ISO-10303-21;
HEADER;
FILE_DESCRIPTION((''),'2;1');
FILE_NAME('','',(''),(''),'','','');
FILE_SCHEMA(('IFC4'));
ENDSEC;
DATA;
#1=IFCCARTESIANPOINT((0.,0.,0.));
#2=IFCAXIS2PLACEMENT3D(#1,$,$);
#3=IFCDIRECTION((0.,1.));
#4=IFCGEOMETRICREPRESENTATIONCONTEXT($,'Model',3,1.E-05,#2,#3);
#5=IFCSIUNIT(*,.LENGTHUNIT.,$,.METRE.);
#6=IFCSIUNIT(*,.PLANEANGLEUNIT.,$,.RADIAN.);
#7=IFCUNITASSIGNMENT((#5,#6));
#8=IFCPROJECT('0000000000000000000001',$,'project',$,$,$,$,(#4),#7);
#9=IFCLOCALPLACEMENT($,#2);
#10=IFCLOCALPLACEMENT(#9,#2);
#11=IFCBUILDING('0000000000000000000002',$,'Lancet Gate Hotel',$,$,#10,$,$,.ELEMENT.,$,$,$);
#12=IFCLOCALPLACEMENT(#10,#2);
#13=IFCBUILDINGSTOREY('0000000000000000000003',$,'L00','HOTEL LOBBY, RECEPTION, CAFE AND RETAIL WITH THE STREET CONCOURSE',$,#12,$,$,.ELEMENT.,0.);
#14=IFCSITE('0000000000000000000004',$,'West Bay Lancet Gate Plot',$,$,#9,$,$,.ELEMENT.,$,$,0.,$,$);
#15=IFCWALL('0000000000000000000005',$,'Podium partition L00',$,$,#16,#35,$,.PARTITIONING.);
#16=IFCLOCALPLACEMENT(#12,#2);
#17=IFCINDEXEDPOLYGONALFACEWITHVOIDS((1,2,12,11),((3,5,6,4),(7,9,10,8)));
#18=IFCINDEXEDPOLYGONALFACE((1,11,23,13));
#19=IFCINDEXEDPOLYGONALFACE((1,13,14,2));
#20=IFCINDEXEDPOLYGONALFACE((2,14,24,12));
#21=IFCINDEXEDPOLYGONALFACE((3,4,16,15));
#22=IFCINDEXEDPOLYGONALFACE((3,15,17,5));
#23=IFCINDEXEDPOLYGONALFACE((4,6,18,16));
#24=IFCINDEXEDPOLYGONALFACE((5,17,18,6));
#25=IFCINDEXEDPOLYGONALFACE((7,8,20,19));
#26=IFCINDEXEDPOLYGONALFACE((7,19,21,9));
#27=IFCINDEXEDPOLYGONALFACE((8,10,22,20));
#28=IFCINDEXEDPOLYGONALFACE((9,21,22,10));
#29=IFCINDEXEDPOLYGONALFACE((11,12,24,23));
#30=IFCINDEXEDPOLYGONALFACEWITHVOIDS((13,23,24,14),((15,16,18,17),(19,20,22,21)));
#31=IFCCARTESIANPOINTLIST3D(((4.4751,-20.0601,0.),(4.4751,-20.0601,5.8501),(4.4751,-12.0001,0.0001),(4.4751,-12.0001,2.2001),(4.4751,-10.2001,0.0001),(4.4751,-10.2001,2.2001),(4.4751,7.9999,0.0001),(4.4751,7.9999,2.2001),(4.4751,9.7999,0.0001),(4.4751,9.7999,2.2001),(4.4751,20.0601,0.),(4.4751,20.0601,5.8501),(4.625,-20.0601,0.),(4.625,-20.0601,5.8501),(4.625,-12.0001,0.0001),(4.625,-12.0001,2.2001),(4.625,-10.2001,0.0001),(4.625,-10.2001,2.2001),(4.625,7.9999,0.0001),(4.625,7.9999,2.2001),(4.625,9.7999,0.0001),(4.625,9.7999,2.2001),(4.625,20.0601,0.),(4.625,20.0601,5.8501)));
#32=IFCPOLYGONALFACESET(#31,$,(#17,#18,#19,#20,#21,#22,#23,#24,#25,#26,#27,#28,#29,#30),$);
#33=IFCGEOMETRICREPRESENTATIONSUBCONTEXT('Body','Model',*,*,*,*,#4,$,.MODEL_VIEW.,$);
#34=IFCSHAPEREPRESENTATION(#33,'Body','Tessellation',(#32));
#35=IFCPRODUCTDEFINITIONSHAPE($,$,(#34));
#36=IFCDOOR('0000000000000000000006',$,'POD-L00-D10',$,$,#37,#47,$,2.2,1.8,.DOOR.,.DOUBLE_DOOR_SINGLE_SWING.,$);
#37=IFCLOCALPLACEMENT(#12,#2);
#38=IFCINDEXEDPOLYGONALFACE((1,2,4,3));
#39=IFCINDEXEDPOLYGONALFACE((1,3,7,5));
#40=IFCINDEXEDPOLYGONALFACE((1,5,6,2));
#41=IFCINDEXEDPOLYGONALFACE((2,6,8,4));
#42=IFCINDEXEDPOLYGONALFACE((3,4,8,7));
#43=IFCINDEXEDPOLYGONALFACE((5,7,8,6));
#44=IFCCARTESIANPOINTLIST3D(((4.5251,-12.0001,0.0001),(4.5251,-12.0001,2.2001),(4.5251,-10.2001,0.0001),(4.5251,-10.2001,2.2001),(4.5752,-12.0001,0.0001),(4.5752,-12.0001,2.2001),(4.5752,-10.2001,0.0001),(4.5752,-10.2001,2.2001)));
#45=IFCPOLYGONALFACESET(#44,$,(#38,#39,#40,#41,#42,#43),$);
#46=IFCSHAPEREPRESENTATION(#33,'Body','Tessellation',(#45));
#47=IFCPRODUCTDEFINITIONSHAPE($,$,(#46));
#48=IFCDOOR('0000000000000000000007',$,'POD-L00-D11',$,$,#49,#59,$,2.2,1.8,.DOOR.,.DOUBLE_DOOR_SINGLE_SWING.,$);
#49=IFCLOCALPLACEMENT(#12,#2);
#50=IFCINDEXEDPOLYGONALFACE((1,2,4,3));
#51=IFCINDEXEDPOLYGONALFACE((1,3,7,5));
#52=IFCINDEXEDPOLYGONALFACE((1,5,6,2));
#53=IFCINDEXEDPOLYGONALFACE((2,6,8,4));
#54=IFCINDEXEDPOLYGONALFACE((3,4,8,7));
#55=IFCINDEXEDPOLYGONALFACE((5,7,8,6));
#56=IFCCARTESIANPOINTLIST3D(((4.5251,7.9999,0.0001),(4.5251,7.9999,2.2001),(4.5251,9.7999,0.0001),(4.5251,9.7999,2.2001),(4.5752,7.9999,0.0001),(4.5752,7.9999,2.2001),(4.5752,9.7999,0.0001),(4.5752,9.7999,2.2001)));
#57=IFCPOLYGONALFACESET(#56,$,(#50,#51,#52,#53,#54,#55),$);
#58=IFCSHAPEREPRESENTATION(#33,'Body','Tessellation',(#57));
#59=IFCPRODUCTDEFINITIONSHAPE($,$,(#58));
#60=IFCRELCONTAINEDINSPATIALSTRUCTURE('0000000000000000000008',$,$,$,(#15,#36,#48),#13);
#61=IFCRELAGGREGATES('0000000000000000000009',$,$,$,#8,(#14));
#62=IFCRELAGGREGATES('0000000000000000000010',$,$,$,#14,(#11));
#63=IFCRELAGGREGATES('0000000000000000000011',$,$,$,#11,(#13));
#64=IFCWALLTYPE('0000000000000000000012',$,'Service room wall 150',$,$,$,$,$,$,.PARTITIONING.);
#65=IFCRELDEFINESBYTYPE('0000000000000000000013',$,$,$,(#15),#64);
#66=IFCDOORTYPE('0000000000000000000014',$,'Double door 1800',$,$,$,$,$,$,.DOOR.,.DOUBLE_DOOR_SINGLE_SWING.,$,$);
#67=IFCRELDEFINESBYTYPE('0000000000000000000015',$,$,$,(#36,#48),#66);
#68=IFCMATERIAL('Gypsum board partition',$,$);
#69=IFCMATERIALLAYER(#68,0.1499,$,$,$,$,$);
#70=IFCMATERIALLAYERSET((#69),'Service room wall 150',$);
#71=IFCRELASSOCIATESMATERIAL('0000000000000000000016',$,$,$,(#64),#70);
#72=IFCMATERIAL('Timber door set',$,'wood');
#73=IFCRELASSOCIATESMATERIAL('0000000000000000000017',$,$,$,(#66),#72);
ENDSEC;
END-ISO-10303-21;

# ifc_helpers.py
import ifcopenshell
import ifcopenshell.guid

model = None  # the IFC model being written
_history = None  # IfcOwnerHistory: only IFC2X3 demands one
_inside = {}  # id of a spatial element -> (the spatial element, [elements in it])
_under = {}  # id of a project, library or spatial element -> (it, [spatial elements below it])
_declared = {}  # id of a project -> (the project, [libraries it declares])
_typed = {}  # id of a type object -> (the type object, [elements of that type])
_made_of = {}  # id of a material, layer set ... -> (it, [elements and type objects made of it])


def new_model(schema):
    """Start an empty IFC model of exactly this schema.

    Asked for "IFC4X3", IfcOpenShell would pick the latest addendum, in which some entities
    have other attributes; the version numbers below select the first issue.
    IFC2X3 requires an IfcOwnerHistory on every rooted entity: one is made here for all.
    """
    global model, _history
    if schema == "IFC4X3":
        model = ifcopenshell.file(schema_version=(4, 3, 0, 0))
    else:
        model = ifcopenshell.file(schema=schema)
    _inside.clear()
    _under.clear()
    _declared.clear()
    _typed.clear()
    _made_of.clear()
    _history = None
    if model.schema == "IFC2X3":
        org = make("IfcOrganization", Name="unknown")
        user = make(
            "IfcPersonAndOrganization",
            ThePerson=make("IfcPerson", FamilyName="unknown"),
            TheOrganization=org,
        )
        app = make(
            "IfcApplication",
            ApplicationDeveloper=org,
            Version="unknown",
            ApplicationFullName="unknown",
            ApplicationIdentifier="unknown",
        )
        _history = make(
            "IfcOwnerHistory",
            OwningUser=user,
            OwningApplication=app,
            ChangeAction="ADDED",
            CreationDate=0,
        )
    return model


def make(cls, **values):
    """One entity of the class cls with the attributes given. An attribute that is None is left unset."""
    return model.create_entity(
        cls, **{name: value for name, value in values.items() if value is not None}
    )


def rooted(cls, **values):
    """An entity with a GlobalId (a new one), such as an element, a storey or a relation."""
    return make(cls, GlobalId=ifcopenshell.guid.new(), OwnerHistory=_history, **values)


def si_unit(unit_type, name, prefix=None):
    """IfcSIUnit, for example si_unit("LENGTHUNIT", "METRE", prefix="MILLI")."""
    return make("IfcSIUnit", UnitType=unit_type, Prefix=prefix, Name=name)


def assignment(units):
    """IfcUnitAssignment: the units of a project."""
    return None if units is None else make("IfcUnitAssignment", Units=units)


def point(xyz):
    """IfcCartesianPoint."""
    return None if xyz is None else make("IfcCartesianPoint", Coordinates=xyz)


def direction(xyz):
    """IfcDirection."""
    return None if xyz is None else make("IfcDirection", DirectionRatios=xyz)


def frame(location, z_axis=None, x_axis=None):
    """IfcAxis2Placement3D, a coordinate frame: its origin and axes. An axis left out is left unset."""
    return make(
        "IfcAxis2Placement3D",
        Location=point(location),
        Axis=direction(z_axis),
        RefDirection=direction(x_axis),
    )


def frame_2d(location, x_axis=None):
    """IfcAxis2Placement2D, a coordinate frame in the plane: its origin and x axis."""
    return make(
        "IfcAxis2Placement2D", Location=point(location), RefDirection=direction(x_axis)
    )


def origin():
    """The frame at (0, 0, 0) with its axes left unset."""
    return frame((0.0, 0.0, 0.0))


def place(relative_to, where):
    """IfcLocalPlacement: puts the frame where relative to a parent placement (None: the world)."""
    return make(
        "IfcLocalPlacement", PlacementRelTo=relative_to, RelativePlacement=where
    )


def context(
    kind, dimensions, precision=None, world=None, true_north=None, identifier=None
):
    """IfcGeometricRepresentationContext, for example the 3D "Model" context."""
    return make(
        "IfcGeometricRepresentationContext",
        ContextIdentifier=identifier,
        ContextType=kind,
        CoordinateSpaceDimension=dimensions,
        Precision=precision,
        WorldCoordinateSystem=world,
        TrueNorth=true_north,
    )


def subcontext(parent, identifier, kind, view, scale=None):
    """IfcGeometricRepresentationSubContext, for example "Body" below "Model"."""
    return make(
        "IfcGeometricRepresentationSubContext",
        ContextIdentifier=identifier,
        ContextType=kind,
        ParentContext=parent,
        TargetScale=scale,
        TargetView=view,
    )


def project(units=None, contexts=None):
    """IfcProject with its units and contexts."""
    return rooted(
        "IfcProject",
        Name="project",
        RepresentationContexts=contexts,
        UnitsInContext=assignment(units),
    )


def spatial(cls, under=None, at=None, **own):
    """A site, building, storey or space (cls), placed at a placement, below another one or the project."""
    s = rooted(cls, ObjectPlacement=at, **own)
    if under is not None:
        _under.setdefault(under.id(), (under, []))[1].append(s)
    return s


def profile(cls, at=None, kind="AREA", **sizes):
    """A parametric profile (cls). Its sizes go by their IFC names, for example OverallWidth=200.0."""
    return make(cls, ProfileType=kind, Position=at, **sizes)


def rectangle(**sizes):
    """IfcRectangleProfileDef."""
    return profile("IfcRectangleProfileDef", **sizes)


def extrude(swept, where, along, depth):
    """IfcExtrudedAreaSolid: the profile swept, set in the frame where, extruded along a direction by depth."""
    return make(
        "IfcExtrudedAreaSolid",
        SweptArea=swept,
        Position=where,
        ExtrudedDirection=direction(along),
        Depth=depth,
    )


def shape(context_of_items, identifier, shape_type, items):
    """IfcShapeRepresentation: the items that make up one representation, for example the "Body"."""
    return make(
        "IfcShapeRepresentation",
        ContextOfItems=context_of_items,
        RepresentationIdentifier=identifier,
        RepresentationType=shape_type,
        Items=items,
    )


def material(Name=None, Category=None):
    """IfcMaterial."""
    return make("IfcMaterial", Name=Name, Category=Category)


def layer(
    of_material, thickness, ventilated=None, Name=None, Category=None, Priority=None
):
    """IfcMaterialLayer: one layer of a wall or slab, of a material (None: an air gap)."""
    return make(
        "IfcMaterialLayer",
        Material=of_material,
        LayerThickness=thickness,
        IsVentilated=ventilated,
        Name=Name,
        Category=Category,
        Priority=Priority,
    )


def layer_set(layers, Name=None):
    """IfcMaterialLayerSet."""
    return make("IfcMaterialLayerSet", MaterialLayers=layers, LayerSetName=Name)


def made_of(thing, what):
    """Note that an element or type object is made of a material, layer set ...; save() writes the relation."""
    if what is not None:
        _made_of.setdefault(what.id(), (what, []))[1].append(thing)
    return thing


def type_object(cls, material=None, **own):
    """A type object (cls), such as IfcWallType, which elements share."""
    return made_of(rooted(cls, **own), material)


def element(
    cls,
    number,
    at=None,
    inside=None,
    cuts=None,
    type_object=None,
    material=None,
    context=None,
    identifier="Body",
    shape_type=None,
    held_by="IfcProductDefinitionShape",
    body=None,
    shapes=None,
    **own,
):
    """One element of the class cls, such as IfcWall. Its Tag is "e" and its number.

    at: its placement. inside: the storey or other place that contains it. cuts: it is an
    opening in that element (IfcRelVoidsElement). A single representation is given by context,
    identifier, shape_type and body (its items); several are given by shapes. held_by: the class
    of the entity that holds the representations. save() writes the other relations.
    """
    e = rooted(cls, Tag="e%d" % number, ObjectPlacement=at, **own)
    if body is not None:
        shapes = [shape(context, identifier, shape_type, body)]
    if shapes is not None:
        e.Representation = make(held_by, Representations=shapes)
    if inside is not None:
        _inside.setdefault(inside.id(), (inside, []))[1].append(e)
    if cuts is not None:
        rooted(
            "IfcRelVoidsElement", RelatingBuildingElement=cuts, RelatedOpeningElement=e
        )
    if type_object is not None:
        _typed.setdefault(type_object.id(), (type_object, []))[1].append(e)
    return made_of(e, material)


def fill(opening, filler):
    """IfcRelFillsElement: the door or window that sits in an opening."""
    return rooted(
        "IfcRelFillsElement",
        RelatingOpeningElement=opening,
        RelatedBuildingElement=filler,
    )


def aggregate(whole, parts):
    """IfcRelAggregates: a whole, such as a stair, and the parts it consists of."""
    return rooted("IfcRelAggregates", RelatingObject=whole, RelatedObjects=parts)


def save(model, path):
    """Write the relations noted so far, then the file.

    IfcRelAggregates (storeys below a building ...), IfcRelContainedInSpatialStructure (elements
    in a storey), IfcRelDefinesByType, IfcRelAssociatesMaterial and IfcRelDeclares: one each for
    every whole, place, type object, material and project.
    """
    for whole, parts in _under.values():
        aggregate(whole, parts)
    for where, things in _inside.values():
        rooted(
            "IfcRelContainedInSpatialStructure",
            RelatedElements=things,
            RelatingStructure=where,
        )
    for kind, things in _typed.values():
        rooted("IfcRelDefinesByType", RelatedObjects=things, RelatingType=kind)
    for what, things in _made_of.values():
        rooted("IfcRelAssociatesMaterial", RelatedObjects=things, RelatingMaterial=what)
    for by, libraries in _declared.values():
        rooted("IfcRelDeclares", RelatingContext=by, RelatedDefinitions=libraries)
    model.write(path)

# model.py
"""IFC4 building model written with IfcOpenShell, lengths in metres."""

from ifc_helpers import new_model, si_unit, direction, frame, frame_2d, origin, place, context, subcontext, project, spatial, rectangle, extrude, material, layer, layer_set, type_object, element, fill, save


model = new_model("IFC4")

# Units and contexts
model_context = context("Model", 3, precision=1e-05, world=origin(), true_north=direction((0.0, 1.0)))
body_context = subcontext(model_context, "Body", "Model", "MODEL_VIEW")
ifc_project = project(units=[si_unit("LENGTHUNIT", "METRE"), si_unit("PLANEANGLEUNIT", "RADIAN")], contexts=[model_context])

# Site, building, storey
site_placement = place(None, origin())
site = spatial("IfcSite", under=ifc_project, at=site_placement, Name="West Bay Lancet Gate Plot", CompositionType="ELEMENT", RefElevation=0.0)
building_placement = place(site_placement, origin())
building = spatial("IfcBuilding", under=site, at=building_placement, Name="Lancet Gate Hotel", CompositionType="ELEMENT")
storey_placement = place(building_placement, origin())
storey = spatial("IfcBuildingStorey", under=building, at=storey_placement, Name="L00", Description="HOTEL LOBBY, RECEPTION, CAFE AND RETAIL WITH THE STREET CONCOURSE", CompositionType="ELEMENT", Elevation=0.0)

# Wall, openings, doors
ifc_material_1 = material(Name="Gypsum board partition")
ifc_layer_1 = layer(ifc_material_1, 0.1499)
ifc_layer_set_1 = layer_set([ifc_layer_1], Name="Service room wall 150")
wall_type_1 = type_object("IfcWallType", Name="Service room wall 150", PredefinedType="PARTITIONING", material=ifc_layer_set_1)
wall_1_placement = place(storey_placement, frame((4.55, -20.0601, 0.0), z_axis=(0.0, 0.0, 1.0), x_axis=(0.0, 1.0, 0.0)))
wall_1 = element("IfcWall", 1, at=wall_1_placement, inside=storey, type_object=wall_type_1, Name="Podium partition L00", PredefinedType="PARTITIONING", context=body_context, shape_type="SweptSolid", body=[
    extrude(rectangle(XDim=40.1201, YDim=0.1499, at=frame_2d((20.0601, 0.0))), origin(), (0.0, 0.0, 1.0), 5.8501),
])
opening_1_placement = place(wall_1_placement, frame((8.0601, 0.0, 0.0)))
opening_1 = element("IfcOpeningElement", 2, at=opening_1_placement, cuts=wall_1, PredefinedType="OPENING", context=body_context, shape_type="SweptSolid", body=[
    extrude(rectangle(XDim=1.8, YDim=2.2, at=frame_2d((0.8999, 1.1001))), frame((0.0, 0.085, 0.0), z_axis=(0.0, -1.0, 0.0), x_axis=(1.0, 0.0, 0.0)), (0.0, 0.0, 1.0), 0.1699),
])
opening_2_placement = place(wall_1_placement, frame((28.0601, 0.0, 0.0)))
opening_2 = element("IfcOpeningElement", 3, at=opening_2_placement, cuts=wall_1, PredefinedType="OPENING", context=body_context, shape_type="SweptSolid", body=[
    extrude(rectangle(XDim=1.8, YDim=2.2, at=frame_2d((0.8999, 1.1001))), frame((0.0, 0.085, 0.0), z_axis=(0.0, -1.0, 0.0), x_axis=(1.0, 0.0, 0.0)), (0.0, 0.0, 1.0), 0.1699),
])
ifc_material_2 = material(Name="Timber door set", Category="wood")
door_type_1 = type_object("IfcDoorType", Name="Double door 1800", OperationType="DOUBLE_DOOR_SINGLE_SWING", PredefinedType="DOOR", material=ifc_material_2)
door_1_placement = place(opening_1_placement, origin())
door_1 = element("IfcDoor", 4, at=door_1_placement, inside=storey, type_object=door_type_1, Name="POD-L00-D10", OperationType="DOUBLE_DOOR_SINGLE_SWING", OverallHeight=2.2, OverallWidth=1.8, PredefinedType="DOOR", context=body_context, shape_type="SweptSolid", body=[
    extrude(rectangle(XDim=1.8, YDim=2.2, at=frame_2d((0.8999, 1.1001))), frame((0.0, 0.0249, 0.0), z_axis=(0.0, -1.0, 0.0), x_axis=(1.0, 0.0, 0.0)), (0.0, 0.0, 1.0), 0.05),
])
fill(opening_1, door_1)
door_2_placement = place(opening_2_placement, origin())
door_2 = element("IfcDoor", 5, at=door_2_placement, inside=storey, type_object=door_type_1, Name="POD-L00-D11", OperationType="DOUBLE_DOOR_SINGLE_SWING", OverallHeight=2.2, OverallWidth=1.8, PredefinedType="DOOR", context=body_context, shape_type="SweptSolid", body=[
    extrude(rectangle(XDim=1.8, YDim=2.2, at=frame_2d((0.8999, 1.1001))), frame((0.0, 0.0249, 0.0), z_axis=(0.0, -1.0, 0.0), x_axis=(1.0, 0.0, 0.0)), (0.0, 0.0, 1.0), 0.05),
])
fill(opening_2, door_2)

save(model, "model.ifc")
